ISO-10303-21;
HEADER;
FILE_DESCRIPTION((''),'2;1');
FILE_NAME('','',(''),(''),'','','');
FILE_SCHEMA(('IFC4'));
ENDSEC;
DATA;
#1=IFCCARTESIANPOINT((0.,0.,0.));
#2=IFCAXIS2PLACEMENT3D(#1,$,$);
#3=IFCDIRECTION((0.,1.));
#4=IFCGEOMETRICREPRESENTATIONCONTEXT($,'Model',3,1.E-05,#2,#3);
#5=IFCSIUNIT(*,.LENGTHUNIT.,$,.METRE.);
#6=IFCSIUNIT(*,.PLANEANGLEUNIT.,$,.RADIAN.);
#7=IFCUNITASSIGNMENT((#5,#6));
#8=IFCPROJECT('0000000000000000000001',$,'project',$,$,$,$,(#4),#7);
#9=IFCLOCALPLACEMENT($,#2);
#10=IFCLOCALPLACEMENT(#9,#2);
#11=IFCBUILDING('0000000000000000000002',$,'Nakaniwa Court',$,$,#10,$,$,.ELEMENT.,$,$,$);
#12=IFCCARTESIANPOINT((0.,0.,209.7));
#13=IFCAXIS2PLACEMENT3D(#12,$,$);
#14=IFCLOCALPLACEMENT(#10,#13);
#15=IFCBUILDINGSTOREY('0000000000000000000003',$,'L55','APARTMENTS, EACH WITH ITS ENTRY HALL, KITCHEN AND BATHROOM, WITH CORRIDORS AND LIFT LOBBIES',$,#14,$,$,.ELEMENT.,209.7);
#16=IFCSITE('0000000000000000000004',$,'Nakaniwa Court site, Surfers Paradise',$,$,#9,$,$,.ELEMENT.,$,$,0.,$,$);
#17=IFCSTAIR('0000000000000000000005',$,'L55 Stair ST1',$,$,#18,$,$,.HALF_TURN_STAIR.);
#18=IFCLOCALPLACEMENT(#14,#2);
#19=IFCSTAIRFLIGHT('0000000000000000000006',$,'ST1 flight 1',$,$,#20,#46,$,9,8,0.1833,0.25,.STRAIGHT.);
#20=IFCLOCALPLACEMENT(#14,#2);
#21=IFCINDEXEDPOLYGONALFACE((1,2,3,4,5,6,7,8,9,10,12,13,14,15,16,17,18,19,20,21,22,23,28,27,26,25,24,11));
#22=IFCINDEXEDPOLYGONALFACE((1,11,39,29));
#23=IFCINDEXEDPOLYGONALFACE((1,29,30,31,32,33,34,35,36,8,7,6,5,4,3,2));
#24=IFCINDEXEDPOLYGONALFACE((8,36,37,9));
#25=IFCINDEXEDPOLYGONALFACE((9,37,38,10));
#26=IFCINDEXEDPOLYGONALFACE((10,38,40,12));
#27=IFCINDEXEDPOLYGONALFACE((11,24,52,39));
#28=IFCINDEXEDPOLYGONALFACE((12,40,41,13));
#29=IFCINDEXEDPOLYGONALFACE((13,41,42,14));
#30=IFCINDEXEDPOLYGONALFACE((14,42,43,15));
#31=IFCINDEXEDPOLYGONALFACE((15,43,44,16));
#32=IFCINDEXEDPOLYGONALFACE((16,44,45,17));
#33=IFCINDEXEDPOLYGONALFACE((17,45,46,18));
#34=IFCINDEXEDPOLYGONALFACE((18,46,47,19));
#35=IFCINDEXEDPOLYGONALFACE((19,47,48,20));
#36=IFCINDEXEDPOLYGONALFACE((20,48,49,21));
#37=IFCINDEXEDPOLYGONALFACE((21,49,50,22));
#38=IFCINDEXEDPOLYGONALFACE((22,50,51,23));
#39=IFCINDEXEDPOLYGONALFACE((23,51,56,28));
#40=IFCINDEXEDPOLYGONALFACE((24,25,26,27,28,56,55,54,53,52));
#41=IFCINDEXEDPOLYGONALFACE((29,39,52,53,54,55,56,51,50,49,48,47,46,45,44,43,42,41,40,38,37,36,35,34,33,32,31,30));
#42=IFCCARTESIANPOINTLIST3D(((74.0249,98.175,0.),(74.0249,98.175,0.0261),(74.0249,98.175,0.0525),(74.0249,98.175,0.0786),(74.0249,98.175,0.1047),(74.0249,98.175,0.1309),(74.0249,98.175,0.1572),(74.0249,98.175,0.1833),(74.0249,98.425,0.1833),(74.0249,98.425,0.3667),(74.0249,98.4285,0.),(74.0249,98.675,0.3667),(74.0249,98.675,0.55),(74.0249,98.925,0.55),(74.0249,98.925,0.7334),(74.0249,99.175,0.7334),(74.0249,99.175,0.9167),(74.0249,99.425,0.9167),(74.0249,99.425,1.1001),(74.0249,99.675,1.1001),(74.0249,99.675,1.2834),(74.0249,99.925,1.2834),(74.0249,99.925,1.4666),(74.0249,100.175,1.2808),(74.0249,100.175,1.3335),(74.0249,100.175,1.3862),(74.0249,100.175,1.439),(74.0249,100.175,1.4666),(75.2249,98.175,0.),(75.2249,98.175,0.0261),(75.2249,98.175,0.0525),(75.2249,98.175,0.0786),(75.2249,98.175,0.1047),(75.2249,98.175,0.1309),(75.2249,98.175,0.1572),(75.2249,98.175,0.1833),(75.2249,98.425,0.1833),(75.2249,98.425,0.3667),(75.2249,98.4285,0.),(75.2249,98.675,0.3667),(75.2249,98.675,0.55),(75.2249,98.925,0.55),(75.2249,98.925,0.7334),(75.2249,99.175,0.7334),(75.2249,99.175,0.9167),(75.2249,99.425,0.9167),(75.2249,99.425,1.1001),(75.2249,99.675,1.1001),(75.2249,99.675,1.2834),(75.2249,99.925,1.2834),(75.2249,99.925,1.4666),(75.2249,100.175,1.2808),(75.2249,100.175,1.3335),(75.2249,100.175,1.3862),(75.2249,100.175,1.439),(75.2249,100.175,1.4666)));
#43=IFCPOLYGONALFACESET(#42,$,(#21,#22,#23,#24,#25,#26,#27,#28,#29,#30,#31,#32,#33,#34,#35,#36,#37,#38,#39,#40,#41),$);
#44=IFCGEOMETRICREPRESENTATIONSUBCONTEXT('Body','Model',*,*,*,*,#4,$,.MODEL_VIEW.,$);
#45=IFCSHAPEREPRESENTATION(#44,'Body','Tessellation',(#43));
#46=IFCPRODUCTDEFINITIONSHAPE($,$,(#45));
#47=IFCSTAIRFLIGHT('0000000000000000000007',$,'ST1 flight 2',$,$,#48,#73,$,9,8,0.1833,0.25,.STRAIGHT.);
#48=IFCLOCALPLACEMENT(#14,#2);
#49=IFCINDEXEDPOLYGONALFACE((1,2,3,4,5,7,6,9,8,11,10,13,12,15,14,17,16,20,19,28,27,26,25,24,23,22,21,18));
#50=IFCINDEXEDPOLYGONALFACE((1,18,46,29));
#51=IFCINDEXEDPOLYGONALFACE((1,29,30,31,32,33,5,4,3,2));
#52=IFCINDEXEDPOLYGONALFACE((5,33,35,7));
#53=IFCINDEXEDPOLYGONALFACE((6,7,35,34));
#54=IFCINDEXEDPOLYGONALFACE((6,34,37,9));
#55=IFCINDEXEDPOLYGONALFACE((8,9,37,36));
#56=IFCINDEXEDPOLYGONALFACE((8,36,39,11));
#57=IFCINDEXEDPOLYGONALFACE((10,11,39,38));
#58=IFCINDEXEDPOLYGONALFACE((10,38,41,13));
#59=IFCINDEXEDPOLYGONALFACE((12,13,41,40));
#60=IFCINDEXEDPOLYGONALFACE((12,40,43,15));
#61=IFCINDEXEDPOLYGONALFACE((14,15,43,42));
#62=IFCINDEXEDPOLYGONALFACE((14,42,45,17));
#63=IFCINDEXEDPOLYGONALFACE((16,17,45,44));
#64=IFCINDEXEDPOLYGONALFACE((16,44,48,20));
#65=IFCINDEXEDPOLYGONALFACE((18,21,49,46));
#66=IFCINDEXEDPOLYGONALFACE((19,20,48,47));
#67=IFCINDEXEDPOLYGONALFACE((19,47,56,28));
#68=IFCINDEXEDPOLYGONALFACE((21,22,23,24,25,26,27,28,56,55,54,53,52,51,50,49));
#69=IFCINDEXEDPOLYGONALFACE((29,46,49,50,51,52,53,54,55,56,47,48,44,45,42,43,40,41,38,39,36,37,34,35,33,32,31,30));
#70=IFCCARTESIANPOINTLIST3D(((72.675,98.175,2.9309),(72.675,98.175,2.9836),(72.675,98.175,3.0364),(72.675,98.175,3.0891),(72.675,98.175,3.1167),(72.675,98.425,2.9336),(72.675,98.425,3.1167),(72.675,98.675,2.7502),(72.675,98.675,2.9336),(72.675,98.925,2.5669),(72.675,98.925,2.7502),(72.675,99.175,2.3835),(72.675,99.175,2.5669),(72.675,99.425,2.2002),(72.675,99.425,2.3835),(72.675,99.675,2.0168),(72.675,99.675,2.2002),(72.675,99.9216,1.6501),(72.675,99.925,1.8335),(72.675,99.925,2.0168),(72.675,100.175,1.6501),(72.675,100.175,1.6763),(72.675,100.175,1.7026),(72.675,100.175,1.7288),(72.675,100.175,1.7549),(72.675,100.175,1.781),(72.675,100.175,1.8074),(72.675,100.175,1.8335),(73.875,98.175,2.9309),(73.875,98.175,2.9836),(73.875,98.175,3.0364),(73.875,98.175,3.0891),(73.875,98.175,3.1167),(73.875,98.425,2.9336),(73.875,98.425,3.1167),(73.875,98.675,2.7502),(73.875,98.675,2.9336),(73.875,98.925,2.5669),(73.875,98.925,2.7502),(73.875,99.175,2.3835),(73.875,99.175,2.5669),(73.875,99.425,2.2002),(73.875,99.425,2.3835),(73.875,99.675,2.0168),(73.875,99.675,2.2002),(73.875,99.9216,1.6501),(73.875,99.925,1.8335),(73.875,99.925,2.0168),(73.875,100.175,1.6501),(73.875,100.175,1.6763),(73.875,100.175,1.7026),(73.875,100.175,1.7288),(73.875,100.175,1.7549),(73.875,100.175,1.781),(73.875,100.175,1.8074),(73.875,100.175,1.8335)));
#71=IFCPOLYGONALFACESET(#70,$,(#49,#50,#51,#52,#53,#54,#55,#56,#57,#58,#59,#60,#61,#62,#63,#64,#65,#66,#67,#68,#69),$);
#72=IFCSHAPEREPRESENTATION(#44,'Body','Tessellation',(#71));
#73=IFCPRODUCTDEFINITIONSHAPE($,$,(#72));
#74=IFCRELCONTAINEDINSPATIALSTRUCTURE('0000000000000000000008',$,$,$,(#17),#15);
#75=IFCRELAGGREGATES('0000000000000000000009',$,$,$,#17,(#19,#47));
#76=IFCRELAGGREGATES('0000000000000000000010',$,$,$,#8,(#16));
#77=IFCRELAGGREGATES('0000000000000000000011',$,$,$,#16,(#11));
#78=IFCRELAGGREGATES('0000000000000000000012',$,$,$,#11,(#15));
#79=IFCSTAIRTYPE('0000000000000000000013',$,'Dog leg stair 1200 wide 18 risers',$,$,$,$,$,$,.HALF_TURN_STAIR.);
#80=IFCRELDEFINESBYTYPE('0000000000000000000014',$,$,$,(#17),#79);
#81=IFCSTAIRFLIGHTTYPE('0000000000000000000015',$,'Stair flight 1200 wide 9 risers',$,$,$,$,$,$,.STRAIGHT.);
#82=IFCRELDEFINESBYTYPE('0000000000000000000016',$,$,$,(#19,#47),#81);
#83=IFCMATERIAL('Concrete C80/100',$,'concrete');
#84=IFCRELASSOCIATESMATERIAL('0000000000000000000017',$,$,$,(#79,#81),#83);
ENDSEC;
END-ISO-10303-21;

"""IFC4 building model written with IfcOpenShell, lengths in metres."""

from ifc_helpers import new_model, si_unit, direction, frame, origin, place, context, subcontext, project, spatial, polyline, outline, extrude, material, type_object, element, aggregate, save


model = new_model("IFC4")

# Units and contexts
model_context = context("Model", 3, precision=1e-05, world=origin(), true_north=direction((0.0, 1.0)))
body_context = subcontext(model_context, "Body", "Model", "MODEL_VIEW")
ifc_project = project(units=[si_unit("LENGTHUNIT", "METRE"), si_unit("PLANEANGLEUNIT", "RADIAN")], contexts=[model_context])

# Site, building, storey
site_placement = place(None, origin())
site = spatial("IfcSite", under=ifc_project, at=site_placement, Name="Nakaniwa Court site, Surfers Paradise", CompositionType="ELEMENT", RefElevation=0.0)
building_placement = place(site_placement, origin())
building = spatial("IfcBuilding", under=site, at=building_placement, Name="Nakaniwa Court", CompositionType="ELEMENT")
storey_placement = place(building_placement, frame((0.0, 0.0, 209.7)))
storey = spatial("IfcBuildingStorey", under=building, at=storey_placement, Name="L55", Description="APARTMENTS, EACH WITH ITS ENTRY HALL, KITCHEN AND BATHROOM, WITH CORRIDORS AND LIFT LOBBIES", CompositionType="ELEMENT", Elevation=209.7)

# Shared definitions
ifc_material_1 = material(Name="Concrete C80/100", Category="concrete")

# Stair, stair flights
stair_type = type_object("IfcStairType", Name="Dog leg stair 1200 wide 18 risers", PredefinedType="HALF_TURN_STAIR", material=ifc_material_1)
stair_placement = place(storey_placement, origin())
stair = element("IfcStair", 1, at=stair_placement, inside=storey, type_object=stair_type, Name="L55 Stair ST1", PredefinedType="HALF_TURN_STAIR")
stair_flight_type = type_object("IfcStairFlightType", Name="Stair flight 1200 wide 9 risers", PredefinedType="STRAIGHT", material=ifc_material_1)
stair_flight_1_placement = place(storey_placement, frame((74.625, 98.175, 0.0), z_axis=(0.0, 0.0, 1.0), x_axis=(0.0, 1.0, 0.0)))
stair_flight_1 = element("IfcStairFlight", 2, at=stair_flight_1_placement, type_object=stair_flight_type, Name="ST1 flight 1", NumberOfRisers=9, NumberOfTreads=8, PredefinedType="STRAIGHT", RiserHeight=0.1833, TreadLength=0.25, context=body_context, shape_type="SweptSolid", body=[
    extrude(outline(polyline([(0.0, 0.0), (0.0, 0.0261), (0.0, 0.0525), (0.0, 0.0786), (0.0, 0.1047), (0.0, 0.1309), (0.0, 0.1572), (0.0, 0.1833), (0.25, 0.1833), (0.25, 0.3667), (0.5, 0.3667), (0.5, 0.55), (0.75, 0.55), (0.75, 0.7334), (1.0, 0.7334), (1.0, 0.9167), (1.25, 0.9167), (1.25, 1.1001), (1.5, 1.1001), (1.5, 1.2834), (1.75, 1.2834), (1.75, 1.4666), (2.0, 1.4666), (2.0, 1.6499), (2.0, 1.5972), (2.0, 1.5444), (2.0, 1.4917), (2.0, 1.439), (2.0, 1.3862), (2.0, 1.3335), (2.0, 1.2808), (0.2534, 0.0), (0.0, 0.0)])), frame((0.0, 0.6001, 0.0), z_axis=(0.0, -1.0, 0.0), x_axis=(1.0, 0.0, 0.0)), (0.0, 0.0, 1.0), 1.2),
])
stair_flight_2_placement = place(storey_placement, frame((73.2749, 100.175, 1.6501), z_axis=(0.0, 0.0, 1.0), x_axis=(0.0, -1.0, 0.0)))
stair_flight_2 = element("IfcStairFlight", 3, at=stair_flight_2_placement, type_object=stair_flight_type, Name="ST1 flight 2", NumberOfRisers=9, NumberOfTreads=8, PredefinedType="STRAIGHT", RiserHeight=0.1833, TreadLength=0.25, context=body_context, shape_type="SweptSolid", body=[
    extrude(outline(polyline([(0.0, 0.0), (0.0, 0.0261), (0.0, 0.0525), (0.0, 0.0786), (0.0, 0.1047), (0.0, 0.1309), (0.0, 0.1572), (0.0, 0.1833), (0.25, 0.1833), (0.25, 0.3667), (0.5, 0.3667), (0.5, 0.55), (0.75, 0.55), (0.75, 0.7334), (1.0, 0.7334), (1.0, 0.9167), (1.25, 0.9167), (1.25, 1.1001), (1.5, 1.1001), (1.5, 1.2834), (1.75, 1.2834), (1.75, 1.4666), (2.0, 1.4666), (2.0, 1.6499), (2.0, 1.5972), (2.0, 1.5444), (2.0, 1.4917), (2.0, 1.439), (2.0, 1.3862), (2.0, 1.3335), (2.0, 1.2808), (0.2534, 0.0), (0.0, 0.0)])), frame((0.0, 0.6001, 0.0), z_axis=(0.0, -1.0, 0.0), x_axis=(1.0, 0.0, 0.0)), (0.0, 0.0, 1.0), 1.2),
])
aggregate(stair, [stair_flight_1, stair_flight_2])

save(model, "model.ifc")
